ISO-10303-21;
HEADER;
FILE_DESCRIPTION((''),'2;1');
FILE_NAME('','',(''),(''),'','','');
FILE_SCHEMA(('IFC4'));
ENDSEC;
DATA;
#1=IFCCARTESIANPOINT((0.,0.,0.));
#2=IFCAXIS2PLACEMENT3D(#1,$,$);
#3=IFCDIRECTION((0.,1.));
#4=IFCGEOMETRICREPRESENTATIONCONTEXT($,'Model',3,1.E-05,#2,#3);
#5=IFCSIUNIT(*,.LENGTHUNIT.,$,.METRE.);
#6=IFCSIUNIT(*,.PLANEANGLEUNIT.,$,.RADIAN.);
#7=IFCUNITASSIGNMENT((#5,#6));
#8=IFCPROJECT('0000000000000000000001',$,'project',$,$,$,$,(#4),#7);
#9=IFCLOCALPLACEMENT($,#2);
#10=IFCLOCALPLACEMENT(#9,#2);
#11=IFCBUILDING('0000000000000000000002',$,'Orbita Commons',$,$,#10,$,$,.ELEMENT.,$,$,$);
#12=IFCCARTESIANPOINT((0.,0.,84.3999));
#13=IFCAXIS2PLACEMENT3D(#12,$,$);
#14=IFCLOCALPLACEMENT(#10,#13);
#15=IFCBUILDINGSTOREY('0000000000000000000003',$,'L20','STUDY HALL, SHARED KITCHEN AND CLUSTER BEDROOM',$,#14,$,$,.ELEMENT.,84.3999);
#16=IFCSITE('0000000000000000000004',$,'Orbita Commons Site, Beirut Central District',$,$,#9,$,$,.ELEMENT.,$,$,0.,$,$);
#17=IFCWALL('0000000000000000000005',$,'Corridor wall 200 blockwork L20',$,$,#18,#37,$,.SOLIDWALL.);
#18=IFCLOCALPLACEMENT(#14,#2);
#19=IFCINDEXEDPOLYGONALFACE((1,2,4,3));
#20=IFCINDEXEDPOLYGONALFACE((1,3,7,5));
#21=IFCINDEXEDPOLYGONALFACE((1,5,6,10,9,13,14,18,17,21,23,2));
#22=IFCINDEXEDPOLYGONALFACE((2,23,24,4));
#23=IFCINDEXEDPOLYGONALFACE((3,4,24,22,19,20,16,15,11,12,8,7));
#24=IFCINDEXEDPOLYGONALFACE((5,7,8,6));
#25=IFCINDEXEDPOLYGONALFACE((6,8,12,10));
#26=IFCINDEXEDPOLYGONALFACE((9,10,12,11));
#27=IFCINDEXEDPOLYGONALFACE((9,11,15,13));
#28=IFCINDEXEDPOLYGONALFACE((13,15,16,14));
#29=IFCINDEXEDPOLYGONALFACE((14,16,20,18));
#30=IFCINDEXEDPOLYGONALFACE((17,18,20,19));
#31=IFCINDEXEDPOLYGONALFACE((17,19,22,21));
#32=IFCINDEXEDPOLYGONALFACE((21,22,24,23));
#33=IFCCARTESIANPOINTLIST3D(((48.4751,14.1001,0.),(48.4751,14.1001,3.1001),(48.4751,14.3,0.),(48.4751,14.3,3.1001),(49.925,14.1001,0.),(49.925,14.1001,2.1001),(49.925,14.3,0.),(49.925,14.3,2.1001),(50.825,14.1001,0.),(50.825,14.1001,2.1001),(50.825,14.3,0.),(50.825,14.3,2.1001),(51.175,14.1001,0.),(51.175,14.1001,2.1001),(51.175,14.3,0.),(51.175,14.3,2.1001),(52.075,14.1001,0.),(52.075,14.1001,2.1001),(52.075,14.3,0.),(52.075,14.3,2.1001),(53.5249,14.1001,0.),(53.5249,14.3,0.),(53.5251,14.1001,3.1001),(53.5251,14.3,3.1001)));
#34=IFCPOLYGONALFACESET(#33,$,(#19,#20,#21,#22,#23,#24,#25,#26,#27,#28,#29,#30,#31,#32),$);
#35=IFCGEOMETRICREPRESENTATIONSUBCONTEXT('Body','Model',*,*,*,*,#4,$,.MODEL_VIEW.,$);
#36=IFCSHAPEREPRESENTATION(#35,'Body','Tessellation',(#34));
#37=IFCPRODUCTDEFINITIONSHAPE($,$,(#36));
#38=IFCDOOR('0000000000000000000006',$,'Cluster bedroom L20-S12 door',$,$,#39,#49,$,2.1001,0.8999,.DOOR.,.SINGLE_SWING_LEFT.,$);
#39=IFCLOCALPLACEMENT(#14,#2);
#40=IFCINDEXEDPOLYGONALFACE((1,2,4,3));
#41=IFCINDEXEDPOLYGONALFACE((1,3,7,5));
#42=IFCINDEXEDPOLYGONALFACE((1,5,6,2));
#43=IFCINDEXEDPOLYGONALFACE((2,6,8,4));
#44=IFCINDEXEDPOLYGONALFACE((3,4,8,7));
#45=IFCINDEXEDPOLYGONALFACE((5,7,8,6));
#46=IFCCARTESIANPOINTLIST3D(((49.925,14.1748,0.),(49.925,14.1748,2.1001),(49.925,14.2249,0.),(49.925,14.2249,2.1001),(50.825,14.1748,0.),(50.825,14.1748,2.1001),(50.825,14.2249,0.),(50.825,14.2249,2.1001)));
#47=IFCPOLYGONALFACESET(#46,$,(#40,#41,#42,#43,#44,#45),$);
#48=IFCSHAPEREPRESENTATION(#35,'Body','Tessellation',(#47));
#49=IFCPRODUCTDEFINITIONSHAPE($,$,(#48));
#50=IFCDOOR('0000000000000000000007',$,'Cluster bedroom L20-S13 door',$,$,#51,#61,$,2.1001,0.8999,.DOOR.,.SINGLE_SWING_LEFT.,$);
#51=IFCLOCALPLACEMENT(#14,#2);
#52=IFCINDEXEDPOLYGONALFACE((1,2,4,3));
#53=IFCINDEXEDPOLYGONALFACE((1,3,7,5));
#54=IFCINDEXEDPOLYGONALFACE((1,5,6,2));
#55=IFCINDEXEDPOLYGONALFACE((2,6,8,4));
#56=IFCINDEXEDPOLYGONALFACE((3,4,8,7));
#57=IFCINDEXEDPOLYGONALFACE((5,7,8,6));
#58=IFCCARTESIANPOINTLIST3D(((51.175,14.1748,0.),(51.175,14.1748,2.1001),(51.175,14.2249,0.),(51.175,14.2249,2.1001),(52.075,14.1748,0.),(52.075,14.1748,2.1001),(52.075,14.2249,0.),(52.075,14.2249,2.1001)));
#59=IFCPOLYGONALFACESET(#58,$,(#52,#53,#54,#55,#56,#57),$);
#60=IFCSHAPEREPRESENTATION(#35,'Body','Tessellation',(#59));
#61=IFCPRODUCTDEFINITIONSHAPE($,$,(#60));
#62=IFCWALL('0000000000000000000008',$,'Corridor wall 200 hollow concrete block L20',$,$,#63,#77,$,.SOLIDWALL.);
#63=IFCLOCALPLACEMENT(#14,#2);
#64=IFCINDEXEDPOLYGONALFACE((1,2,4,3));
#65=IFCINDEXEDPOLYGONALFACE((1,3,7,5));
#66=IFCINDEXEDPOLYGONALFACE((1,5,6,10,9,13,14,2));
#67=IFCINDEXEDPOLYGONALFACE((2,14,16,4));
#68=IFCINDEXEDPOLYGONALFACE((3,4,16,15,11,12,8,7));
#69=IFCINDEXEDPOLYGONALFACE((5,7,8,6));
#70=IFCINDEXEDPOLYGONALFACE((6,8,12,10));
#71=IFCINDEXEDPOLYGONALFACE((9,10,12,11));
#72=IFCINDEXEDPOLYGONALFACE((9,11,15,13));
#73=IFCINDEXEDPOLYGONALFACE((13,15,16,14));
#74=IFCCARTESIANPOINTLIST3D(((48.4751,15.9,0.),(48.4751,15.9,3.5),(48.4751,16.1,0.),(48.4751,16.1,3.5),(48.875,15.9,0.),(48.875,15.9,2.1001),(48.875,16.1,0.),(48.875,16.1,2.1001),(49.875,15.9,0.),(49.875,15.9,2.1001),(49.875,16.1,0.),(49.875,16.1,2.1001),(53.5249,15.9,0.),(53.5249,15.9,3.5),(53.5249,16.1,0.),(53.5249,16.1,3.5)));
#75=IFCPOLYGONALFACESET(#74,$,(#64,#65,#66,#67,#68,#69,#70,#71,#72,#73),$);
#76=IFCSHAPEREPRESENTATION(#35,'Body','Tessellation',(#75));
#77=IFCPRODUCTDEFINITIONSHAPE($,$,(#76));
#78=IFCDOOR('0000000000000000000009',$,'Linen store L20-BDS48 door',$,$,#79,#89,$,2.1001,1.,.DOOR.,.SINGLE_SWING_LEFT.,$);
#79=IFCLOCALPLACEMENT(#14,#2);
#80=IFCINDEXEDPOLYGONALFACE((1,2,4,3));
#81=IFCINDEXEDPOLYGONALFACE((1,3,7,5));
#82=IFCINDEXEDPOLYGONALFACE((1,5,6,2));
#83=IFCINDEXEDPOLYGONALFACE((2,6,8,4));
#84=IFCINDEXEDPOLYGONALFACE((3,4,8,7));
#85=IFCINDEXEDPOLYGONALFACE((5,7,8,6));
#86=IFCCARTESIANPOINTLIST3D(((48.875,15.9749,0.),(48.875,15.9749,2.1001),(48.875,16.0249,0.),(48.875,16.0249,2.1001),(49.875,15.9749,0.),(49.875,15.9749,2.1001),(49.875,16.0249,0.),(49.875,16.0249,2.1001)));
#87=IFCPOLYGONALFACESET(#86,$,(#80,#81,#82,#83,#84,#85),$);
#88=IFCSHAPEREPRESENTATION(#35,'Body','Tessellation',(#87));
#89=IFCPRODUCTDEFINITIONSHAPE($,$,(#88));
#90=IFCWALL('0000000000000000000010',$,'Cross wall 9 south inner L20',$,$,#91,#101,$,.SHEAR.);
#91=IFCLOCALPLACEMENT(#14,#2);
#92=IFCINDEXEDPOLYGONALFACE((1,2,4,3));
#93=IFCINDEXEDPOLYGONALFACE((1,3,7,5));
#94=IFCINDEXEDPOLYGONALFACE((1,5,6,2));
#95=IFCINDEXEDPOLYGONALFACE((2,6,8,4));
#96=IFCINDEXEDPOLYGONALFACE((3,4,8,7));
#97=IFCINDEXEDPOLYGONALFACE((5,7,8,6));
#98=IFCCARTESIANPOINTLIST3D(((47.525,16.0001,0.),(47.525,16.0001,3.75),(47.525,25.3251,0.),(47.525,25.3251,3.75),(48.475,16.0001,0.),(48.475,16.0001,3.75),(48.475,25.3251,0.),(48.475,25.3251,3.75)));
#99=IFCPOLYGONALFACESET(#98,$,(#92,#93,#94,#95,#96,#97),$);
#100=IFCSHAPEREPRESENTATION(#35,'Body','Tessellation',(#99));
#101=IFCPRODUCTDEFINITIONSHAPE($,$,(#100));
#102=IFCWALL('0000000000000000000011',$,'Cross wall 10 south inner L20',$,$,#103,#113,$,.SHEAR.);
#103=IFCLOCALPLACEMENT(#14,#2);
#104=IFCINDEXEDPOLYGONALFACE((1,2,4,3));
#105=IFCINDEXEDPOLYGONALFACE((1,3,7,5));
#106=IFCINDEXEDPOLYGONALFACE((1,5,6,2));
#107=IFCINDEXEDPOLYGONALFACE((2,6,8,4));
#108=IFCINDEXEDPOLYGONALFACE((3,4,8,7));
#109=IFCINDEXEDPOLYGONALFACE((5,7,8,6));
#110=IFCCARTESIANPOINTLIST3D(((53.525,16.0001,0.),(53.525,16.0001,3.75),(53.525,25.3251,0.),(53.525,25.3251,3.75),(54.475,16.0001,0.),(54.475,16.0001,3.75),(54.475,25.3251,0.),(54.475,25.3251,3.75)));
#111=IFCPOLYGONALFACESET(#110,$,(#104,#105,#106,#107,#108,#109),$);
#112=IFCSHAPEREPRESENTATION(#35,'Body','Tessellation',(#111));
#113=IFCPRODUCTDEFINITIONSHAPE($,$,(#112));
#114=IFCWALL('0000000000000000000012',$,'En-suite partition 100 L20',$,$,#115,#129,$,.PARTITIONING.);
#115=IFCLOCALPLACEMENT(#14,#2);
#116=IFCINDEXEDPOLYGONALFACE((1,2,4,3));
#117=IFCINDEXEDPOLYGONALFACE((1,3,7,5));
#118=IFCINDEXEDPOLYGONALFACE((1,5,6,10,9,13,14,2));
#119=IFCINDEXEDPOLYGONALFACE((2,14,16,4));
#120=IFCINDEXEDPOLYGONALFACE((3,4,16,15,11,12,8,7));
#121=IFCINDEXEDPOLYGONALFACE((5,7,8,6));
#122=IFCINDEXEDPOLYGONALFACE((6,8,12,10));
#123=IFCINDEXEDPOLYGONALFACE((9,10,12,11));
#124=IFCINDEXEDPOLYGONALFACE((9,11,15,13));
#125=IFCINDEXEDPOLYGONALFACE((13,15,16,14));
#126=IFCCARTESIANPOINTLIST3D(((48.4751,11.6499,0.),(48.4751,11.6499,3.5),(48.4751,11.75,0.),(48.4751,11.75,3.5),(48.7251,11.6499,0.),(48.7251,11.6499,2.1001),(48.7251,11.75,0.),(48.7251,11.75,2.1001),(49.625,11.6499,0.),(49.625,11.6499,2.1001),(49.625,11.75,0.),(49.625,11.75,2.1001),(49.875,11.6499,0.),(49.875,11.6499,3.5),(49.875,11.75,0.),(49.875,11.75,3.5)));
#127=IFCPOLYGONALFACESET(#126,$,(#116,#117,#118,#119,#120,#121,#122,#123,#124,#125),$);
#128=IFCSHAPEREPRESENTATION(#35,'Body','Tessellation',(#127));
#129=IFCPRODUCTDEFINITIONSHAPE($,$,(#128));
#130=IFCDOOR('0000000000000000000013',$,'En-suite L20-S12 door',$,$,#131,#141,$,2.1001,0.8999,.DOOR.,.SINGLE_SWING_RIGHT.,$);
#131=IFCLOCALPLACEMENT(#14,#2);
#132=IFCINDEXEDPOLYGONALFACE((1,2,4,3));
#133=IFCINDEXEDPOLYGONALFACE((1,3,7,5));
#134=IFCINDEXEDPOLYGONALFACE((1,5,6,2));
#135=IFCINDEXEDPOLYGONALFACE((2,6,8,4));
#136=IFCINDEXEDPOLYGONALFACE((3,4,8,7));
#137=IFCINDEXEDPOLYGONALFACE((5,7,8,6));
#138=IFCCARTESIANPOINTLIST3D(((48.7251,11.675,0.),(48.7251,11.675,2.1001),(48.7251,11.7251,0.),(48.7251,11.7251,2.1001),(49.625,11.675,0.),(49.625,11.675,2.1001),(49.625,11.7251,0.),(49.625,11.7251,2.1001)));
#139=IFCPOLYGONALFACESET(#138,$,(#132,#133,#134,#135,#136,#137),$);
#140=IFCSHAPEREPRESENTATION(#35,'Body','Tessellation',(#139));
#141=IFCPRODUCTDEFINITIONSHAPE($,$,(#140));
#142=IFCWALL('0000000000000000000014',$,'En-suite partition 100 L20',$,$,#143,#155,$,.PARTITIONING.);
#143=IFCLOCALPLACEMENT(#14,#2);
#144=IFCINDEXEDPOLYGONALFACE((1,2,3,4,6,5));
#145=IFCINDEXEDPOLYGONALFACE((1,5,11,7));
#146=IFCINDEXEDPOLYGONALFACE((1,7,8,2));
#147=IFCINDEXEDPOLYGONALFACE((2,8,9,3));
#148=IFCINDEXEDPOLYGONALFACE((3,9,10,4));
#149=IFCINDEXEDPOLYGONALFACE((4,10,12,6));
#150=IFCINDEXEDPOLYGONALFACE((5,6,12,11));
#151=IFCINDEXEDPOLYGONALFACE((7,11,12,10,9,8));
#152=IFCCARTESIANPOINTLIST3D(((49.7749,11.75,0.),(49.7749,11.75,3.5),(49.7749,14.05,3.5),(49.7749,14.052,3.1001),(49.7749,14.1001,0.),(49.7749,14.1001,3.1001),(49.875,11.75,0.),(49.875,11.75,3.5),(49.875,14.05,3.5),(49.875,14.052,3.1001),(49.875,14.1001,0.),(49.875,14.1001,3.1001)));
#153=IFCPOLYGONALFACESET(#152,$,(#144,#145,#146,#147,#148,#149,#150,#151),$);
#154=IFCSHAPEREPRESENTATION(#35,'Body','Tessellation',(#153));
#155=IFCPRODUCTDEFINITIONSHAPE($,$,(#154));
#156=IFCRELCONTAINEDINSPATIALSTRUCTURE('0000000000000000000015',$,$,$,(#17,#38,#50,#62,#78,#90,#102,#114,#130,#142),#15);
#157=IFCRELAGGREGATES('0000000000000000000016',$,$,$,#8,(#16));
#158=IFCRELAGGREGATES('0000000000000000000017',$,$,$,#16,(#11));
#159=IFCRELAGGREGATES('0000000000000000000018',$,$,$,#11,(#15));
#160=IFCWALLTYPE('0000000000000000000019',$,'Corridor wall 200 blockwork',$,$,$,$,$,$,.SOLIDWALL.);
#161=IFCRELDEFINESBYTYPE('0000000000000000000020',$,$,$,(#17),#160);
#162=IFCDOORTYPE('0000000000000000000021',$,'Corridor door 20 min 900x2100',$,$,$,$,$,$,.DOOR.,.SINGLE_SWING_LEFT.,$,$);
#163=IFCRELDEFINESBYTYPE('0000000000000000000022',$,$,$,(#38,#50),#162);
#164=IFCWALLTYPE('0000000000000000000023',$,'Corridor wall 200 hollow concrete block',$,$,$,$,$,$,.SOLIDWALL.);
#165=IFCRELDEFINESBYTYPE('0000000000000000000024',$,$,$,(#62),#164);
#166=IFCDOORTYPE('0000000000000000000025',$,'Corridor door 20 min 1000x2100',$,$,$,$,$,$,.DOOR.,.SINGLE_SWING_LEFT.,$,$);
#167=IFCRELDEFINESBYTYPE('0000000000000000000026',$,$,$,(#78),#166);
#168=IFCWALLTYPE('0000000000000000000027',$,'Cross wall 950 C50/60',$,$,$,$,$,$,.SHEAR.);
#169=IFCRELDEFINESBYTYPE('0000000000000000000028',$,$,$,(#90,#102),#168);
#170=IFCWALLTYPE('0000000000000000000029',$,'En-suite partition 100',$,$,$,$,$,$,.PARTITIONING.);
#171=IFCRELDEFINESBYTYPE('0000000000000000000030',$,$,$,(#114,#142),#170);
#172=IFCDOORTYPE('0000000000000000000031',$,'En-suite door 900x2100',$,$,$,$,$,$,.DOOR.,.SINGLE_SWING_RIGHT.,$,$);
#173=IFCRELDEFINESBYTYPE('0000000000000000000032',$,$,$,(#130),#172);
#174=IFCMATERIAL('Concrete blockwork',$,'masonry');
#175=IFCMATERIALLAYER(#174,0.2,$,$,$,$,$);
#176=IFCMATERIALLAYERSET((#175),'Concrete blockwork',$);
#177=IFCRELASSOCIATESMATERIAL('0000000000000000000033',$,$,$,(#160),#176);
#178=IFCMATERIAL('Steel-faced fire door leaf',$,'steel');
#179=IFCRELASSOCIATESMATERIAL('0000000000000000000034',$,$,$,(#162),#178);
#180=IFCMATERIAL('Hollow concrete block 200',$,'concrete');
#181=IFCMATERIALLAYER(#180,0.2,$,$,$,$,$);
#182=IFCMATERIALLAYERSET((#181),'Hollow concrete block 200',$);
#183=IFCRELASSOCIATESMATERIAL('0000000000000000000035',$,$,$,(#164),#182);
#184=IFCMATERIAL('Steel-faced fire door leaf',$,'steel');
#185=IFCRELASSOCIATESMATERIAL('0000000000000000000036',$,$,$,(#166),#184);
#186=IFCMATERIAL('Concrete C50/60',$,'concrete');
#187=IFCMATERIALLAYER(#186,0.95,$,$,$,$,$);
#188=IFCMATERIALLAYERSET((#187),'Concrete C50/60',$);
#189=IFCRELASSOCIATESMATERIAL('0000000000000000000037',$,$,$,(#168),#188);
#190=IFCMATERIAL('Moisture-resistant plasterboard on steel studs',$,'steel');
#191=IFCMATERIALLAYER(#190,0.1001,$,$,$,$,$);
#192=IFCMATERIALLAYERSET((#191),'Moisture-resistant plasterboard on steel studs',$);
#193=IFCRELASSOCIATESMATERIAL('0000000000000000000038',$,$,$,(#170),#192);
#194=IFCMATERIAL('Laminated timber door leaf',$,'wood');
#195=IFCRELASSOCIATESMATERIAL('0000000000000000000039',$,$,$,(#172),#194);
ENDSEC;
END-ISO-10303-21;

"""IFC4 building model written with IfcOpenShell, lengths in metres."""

from ifc_helpers import new_model, si_unit, direction, frame, frame_2d, origin, place, context, subcontext, project, spatial, polyline, rectangle, outline, extrude, material, layer, layer_set, type_object, element, fill, save


model = new_model("IFC4")

# Units and contexts
model_context = context("Model", 3, precision=1e-05, world=origin(), true_north=direction((0.0, 1.0)))
body_context = subcontext(model_context, "Body", "Model", "MODEL_VIEW")
ifc_project = project(units=[si_unit("LENGTHUNIT", "METRE"), si_unit("PLANEANGLEUNIT", "RADIAN")], contexts=[model_context])

# Site, building, storey
site_placement = place(None, origin())
site = spatial("IfcSite", under=ifc_project, at=site_placement, Name="Orbita Commons Site, Beirut Central District", CompositionType="ELEMENT", RefElevation=0.0)
building_placement = place(site_placement, origin())
building = spatial("IfcBuilding", under=site, at=building_placement, Name="Orbita Commons", CompositionType="ELEMENT")
storey_placement = place(building_placement, frame((0.0, 0.0, 84.3999)))
storey = spatial("IfcBuildingStorey", under=building, at=storey_placement, Name="L20", Description="STUDY HALL, SHARED KITCHEN AND CLUSTER BEDROOM", CompositionType="ELEMENT", Elevation=84.3999)

# Wall, openings, doors
ifc_material_1 = material(Name="Concrete blockwork", Category="masonry")
ifc_layer_1 = layer(ifc_material_1, 0.2)
ifc_layer_set_1 = layer_set([ifc_layer_1], Name="Concrete blockwork")
wall_type_1 = type_object("IfcWallType", Name="Corridor wall 200 blockwork", PredefinedType="SOLIDWALL", material=ifc_layer_set_1)
wall_1_placement = place(storey_placement, frame((48.4751, 14.2, 0.0), z_axis=(0.0, 0.0, 1.0), x_axis=(1.0, 0.0, 0.0)))
wall_1 = element("IfcWall", 1, at=wall_1_placement, inside=storey, type_object=wall_type_1, Name="Corridor wall 200 blockwork L20", PredefinedType="SOLIDWALL", context=body_context, shape_type="SweptSolid", body=[
    extrude(outline(polyline([(0.0, 0.0), (5.0498, 0.0), (5.05, 3.1001), (0.0, 3.1001), (0.0, 0.0)])), frame((0.0, 0.1001, 0.0), z_axis=(0.0, -1.0, 0.0), x_axis=(1.0, 0.0, 0.0)), (0.0, 0.0, 1.0), 0.2),
])
opening_1_placement = place(wall_1_placement, frame((1.45, 0.0, 0.0)))
opening_1 = element("IfcOpeningElement", 2, at=opening_1_placement, cuts=wall_1, PredefinedType="OPENING", context=body_context, shape_type="SweptSolid", body=[
    extrude(rectangle(XDim=0.8999, YDim=2.1001, at=frame_2d((0.45, 1.05))), frame((0.0, 0.1099, 0.0), z_axis=(0.0, -1.0, 0.0), x_axis=(1.0, 0.0, 0.0)), (0.0, 0.0, 1.0), 0.22),
])
opening_2_placement = place(wall_1_placement, frame((2.7, 0.0, 0.0)))
opening_2 = element("IfcOpeningElement", 3, at=opening_2_placement, cuts=wall_1, PredefinedType="OPENING", context=body_context, shape_type="SweptSolid", body=[
    extrude(rectangle(XDim=0.8999, YDim=2.1001, at=frame_2d((0.45, 1.05))), frame((0.0, 0.1099, 0.0), z_axis=(0.0, -1.0, 0.0), x_axis=(1.0, 0.0, 0.0)), (0.0, 0.0, 1.0), 0.22),
])
ifc_material_2 = material(Name="Steel-faced fire door leaf", Category="steel")
door_type_1 = type_object("IfcDoorType", Name="Corridor door 20 min 900x2100", OperationType="SINGLE_SWING_LEFT", PredefinedType="DOOR", material=ifc_material_2)
door_1_placement = place(opening_1_placement, origin())
door_1 = element("IfcDoor", 4, at=door_1_placement, inside=storey, type_object=door_type_1, Name="Cluster bedroom L20-S12 door", OperationType="SINGLE_SWING_LEFT", OverallHeight=2.1001, OverallWidth=0.8999, PredefinedType="DOOR", context=body_context, shape_type="SweptSolid", body=[
    extrude(rectangle(XDim=0.8999, YDim=2.1001, at=frame_2d((0.45, 1.05))), frame((0.0, 0.0249, 0.0), z_axis=(0.0, -1.0, 0.0), x_axis=(1.0, 0.0, 0.0)), (0.0, 0.0, 1.0), 0.05),
])
fill(opening_1, door_1)
door_2_placement = place(opening_2_placement, origin())
door_2 = element("IfcDoor", 5, at=door_2_placement, inside=storey, type_object=door_type_1, Name="Cluster bedroom L20-S13 door", OperationType="SINGLE_SWING_LEFT", OverallHeight=2.1001, OverallWidth=0.8999, PredefinedType="DOOR", context=body_context, shape_type="SweptSolid", body=[
    extrude(rectangle(XDim=0.8999, YDim=2.1001, at=frame_2d((0.45, 1.05))), frame((0.0, 0.0249, 0.0), z_axis=(0.0, -1.0, 0.0), x_axis=(1.0, 0.0, 0.0)), (0.0, 0.0, 1.0), 0.05),
])
fill(opening_2, door_2)

# Wall, opening, door
ifc_material_3 = material(Name="Hollow concrete block 200", Category="concrete")
ifc_layer_2 = layer(ifc_material_3, 0.2)
ifc_layer_set_2 = layer_set([ifc_layer_2], Name="Hollow concrete block 200")
wall_type_2 = type_object("IfcWallType", Name="Corridor wall 200 hollow concrete block", PredefinedType="SOLIDWALL", material=ifc_layer_set_2)
wall_2_placement = place(storey_placement, frame((48.4751, 16.0, 0.0), z_axis=(0.0, 0.0, 1.0), x_axis=(1.0, 0.0, 0.0)))
wall_2 = element("IfcWall", 6, at=wall_2_placement, inside=storey, type_object=wall_type_2, Name="Corridor wall 200 hollow concrete block L20", PredefinedType="SOLIDWALL", context=body_context, shape_type="SweptSolid", body=[
    extrude(rectangle(XDim=5.0498, YDim=0.2, at=frame_2d((2.5249, 0.0))), origin(), (0.0, 0.0, 1.0), 3.5),
])
opening_3_placement = place(wall_2_placement, frame((0.3999, 0.0, 0.0)))
opening_3 = element("IfcOpeningElement", 7, at=opening_3_placement, cuts=wall_2, PredefinedType="OPENING", context=body_context, shape_type="SweptSolid", body=[
    extrude(rectangle(XDim=1.0, YDim=2.1001, at=frame_2d((0.5, 1.05))), frame((0.0, 0.1099, 0.0), z_axis=(0.0, -1.0, 0.0), x_axis=(1.0, 0.0, 0.0)), (0.0, 0.0, 1.0), 0.22),
])
ifc_material_4 = material(Name="Steel-faced fire door leaf", Category="steel")
door_type_2 = type_object("IfcDoorType", Name="Corridor door 20 min 1000x2100", OperationType="SINGLE_SWING_LEFT", PredefinedType="DOOR", material=ifc_material_4)
door_3_placement = place(opening_3_placement, origin())
door_3 = element("IfcDoor", 8, at=door_3_placement, inside=storey, type_object=door_type_2, Name="Linen store L20-BDS48 door", OperationType="SINGLE_SWING_LEFT", OverallHeight=2.1001, OverallWidth=1.0, PredefinedType="DOOR", context=body_context, shape_type="SweptSolid", body=[
    extrude(rectangle(XDim=1.0, YDim=2.1001, at=frame_2d((0.5, 1.05))), frame((0.0, 0.0249, 0.0), z_axis=(0.0, -1.0, 0.0), x_axis=(1.0, 0.0, 0.0)), (0.0, 0.0, 1.0), 0.05),
])
fill(opening_3, door_3)

# Walls
ifc_material_5 = material(Name="Concrete C50/60", Category="concrete")
ifc_layer_3 = layer(ifc_material_5, 0.95)
ifc_layer_set_3 = layer_set([ifc_layer_3], Name="Concrete C50/60")
wall_type_3 = type_object("IfcWallType", Name="Cross wall 950 C50/60", PredefinedType="SHEAR", material=ifc_layer_set_3)
for number, where, z_axis, x_axis, name in (
    (9, (48.0, 16.0, 0.0), (0.0, 0.0, 1.0), (0.0, 1.0, 0.0), "Cross wall 9 south inner L20"),
    (10, (54.0, 16.0, 0.0), (0.0, 0.0, 1.0), (0.0, 1.0, 0.0), "Cross wall 10 south inner L20"),
):
    element("IfcWall", number, at=place(storey_placement, frame(where, z_axis=z_axis, x_axis=x_axis)), inside=storey, type_object=wall_type_3, Name=name, PredefinedType="SHEAR", context=body_context, shape_type="SweptSolid", body=[
        extrude(rectangle(XDim=9.325, YDim=0.95, at=frame_2d((4.6626, 0.0))), origin(), (0.0, 0.0, 1.0), 3.75),
    ])

# Wall, opening, door
ifc_material_6 = material(Name="Moisture-resistant plasterboard on steel studs", Category="steel")
ifc_layer_4 = layer(ifc_material_6, 0.1001)
ifc_layer_set_4 = layer_set([ifc_layer_4], Name="Moisture-resistant plasterboard on steel studs")
wall_type_4 = type_object("IfcWallType", Name="En-suite partition 100", PredefinedType="PARTITIONING", material=ifc_layer_set_4)
wall_3_placement = place(storey_placement, frame((49.875, 11.7, 0.0), z_axis=(0.0, 0.0, 1.0), x_axis=(-1.0, 0.0, 0.0)))
wall_3 = element("IfcWall", 11, at=wall_3_placement, inside=storey, type_object=wall_type_4, Name="En-suite partition 100 L20", PredefinedType="PARTITIONING", context=body_context, shape_type="SweptSolid", body=[
    extrude(rectangle(XDim=1.3999, YDim=0.1001, at=frame_2d((0.7, 0.0))), origin(), (0.0, 0.0, 1.0), 3.5),
])
opening_4_placement = place(wall_3_placement, frame((0.25, 0.0, 0.0)))
opening_4 = element("IfcOpeningElement", 12, at=opening_4_placement, cuts=wall_3, PredefinedType="OPENING", context=body_context, shape_type="SweptSolid", body=[
    extrude(rectangle(XDim=0.8999, YDim=2.1001, at=frame_2d((0.45, 1.05))), frame((0.0, 0.0601, 0.0), z_axis=(0.0, -1.0, 0.0), x_axis=(1.0, 0.0, 0.0)), (0.0, 0.0, 1.0), 0.1201),
])
ifc_material_7 = material(Name="Laminated timber door leaf", Category="wood")
door_type_3 = type_object("IfcDoorType", Name="En-suite door 900x2100", OperationType="SINGLE_SWING_RIGHT", PredefinedType="DOOR", material=ifc_material_7)
door_4_placement = place(opening_4_placement, origin())
door_4 = element("IfcDoor", 13, at=door_4_placement, inside=storey, type_object=door_type_3, Name="En-suite L20-S12 door", OperationType="SINGLE_SWING_RIGHT", OverallHeight=2.1001, OverallWidth=0.8999, PredefinedType="DOOR", context=body_context, shape_type="SweptSolid", body=[
    extrude(rectangle(XDim=0.8999, YDim=2.1001, at=frame_2d((0.45, 1.05))), frame((0.0, 0.0249, 0.0), z_axis=(0.0, -1.0, 0.0), x_axis=(1.0, 0.0, 0.0)), (0.0, 0.0, 1.0), 0.05),
])
fill(opening_4, door_4)

# Wall
wall_4_placement = place(storey_placement, frame((49.825, 11.75, 0.0), z_axis=(0.0, 0.0, 1.0), x_axis=(0.0, 1.0, 0.0)))
element("IfcWall", 14, at=wall_4_placement, inside=storey, type_object=wall_type_4, Name="En-suite partition 100 L20", PredefinedType="PARTITIONING", context=body_context, shape_type="SweptSolid", body=[
    extrude(outline(polyline([(0.0, 0.0), (2.3501, 0.0), (2.3501, 3.1001), (2.302, 3.1001), (2.3, 3.5), (0.0, 3.5), (0.0, 0.0)])), frame((0.0, 0.05, 0.0), z_axis=(0.0, -1.0, 0.0), x_axis=(1.0, 0.0, 0.0)), (0.0, 0.0, 1.0), 0.1001),
])

save(model, "model.ifc")
